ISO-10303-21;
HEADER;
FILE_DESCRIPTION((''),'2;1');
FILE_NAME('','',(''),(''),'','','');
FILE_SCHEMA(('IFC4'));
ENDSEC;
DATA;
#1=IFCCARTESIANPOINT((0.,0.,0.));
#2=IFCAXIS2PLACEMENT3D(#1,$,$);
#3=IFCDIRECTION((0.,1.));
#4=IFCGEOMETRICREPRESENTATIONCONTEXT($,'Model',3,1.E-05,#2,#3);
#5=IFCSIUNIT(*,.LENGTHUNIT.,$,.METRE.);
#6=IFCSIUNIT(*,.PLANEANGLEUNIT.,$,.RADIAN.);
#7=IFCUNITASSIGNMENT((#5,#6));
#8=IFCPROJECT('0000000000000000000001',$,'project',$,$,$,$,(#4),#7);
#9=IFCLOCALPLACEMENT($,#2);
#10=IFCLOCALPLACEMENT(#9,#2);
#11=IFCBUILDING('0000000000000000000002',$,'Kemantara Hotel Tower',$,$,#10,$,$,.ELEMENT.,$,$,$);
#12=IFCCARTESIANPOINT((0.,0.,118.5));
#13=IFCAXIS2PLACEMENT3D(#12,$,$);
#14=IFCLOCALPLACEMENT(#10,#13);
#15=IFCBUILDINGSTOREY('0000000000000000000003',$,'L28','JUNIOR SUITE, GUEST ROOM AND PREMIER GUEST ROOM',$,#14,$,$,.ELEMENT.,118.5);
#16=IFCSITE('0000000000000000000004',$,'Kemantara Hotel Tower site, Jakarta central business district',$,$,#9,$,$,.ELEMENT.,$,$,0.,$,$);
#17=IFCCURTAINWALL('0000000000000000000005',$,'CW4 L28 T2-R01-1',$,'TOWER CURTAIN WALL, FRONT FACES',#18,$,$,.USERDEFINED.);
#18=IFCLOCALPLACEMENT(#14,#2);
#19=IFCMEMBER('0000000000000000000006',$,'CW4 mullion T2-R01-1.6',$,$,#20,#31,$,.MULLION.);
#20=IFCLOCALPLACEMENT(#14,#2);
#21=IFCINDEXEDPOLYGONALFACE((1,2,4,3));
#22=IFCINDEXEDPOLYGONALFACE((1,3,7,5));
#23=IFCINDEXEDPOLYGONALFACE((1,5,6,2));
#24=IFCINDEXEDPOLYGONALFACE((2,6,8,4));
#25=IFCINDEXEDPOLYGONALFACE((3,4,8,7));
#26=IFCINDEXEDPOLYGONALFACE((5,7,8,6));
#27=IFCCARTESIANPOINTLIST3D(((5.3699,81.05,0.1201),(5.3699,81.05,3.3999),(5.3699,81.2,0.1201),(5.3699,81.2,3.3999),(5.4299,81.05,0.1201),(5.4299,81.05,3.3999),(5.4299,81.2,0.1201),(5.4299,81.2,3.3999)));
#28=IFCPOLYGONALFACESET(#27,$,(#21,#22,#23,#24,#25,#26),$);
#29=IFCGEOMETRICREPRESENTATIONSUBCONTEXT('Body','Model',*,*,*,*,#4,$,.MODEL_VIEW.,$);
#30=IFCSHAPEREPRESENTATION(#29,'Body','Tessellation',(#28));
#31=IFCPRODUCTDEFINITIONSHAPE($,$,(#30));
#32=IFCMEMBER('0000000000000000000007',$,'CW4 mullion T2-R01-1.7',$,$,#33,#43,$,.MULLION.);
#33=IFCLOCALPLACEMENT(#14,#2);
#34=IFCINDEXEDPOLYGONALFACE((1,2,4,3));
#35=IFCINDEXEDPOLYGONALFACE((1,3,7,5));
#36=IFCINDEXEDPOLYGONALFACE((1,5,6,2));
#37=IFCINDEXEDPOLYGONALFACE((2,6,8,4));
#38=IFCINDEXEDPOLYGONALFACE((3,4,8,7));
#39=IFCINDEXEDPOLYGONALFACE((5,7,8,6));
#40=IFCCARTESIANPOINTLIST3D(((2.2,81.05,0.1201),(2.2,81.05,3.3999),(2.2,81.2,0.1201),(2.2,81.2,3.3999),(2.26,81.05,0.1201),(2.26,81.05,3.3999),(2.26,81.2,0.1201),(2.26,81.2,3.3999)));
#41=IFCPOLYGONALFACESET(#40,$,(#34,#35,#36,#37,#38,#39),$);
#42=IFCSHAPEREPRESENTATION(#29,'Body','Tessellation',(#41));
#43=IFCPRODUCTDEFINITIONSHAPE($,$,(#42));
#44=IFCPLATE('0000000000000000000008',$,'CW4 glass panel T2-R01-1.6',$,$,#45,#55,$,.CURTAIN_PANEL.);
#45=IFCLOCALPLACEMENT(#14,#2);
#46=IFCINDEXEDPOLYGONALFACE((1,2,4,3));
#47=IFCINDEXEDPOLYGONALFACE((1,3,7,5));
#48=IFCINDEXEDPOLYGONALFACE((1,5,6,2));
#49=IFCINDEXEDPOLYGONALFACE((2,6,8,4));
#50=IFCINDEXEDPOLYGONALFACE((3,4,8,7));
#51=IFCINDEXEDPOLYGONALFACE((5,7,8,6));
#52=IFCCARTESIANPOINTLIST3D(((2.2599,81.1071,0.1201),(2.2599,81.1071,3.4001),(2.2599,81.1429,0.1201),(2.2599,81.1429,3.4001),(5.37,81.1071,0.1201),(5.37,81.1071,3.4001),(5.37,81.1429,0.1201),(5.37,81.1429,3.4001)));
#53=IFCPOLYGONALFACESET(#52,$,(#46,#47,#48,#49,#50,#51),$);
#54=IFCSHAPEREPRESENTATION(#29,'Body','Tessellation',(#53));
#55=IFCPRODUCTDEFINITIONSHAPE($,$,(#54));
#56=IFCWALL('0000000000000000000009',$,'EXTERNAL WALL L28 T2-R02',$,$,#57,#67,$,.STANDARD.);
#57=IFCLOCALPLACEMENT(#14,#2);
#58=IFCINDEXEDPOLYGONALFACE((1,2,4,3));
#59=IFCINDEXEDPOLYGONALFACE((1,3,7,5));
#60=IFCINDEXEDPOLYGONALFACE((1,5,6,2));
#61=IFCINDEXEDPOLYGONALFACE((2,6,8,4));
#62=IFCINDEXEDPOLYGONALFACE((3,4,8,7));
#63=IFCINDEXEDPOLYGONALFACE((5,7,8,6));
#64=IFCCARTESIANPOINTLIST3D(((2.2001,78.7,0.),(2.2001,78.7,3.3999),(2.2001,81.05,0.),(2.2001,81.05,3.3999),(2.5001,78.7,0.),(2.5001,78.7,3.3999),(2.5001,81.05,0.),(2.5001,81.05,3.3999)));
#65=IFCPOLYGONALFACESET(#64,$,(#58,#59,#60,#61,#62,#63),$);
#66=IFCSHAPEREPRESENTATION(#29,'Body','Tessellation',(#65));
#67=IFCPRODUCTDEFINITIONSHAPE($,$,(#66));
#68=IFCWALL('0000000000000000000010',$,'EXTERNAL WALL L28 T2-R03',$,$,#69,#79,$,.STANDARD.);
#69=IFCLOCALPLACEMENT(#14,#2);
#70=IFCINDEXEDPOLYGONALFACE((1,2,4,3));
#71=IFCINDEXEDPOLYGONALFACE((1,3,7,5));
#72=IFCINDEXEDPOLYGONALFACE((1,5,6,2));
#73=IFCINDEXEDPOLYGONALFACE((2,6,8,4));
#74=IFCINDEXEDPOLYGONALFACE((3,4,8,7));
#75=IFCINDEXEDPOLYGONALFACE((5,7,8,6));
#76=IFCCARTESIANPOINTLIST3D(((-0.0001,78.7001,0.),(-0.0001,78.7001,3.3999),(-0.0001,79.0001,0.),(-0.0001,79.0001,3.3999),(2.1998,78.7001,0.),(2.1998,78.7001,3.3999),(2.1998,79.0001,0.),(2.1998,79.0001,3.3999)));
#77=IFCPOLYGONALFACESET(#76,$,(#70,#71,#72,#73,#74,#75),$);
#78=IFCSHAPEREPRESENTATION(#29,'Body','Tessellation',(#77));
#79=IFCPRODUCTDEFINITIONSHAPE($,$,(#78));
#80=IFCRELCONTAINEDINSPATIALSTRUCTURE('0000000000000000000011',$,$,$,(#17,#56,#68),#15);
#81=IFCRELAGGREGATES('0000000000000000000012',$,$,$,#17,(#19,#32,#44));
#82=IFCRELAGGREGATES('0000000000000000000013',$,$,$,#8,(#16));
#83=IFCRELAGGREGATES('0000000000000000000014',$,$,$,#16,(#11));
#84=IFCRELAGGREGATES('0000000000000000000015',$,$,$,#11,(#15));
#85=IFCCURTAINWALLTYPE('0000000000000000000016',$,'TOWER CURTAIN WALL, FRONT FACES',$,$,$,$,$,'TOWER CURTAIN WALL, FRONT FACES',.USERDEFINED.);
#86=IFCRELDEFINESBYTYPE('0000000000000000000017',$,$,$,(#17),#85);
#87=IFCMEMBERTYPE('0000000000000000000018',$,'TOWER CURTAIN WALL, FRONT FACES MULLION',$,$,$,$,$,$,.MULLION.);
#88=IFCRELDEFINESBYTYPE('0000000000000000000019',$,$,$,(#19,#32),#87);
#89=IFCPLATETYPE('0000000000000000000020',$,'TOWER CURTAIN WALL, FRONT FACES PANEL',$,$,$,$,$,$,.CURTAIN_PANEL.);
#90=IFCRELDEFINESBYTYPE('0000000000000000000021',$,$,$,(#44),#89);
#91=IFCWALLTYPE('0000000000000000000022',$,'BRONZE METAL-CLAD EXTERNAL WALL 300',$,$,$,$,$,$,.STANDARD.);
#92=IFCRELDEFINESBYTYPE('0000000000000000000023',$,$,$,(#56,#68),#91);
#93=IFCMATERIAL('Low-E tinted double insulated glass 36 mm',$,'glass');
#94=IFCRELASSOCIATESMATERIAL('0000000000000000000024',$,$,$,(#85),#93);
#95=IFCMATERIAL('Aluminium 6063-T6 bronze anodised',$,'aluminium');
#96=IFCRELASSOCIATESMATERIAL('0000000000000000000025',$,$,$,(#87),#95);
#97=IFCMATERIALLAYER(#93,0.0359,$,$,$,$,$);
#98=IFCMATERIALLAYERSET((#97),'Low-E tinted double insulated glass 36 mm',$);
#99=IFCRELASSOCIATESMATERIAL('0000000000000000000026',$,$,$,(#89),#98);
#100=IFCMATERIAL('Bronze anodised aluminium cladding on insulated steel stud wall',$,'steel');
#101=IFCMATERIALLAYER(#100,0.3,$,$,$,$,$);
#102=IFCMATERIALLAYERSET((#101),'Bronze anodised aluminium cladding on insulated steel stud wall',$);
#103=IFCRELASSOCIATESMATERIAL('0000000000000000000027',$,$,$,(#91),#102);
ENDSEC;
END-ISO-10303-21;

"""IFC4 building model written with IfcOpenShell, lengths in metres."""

from ifc_helpers import new_model, si_unit, direction, frame, frame_2d, origin, origin_2d, place, context, subcontext, project, spatial, rectangle, extrude, source, transform, mapped, material, layer, layer_set, material_profile, profile_set, type_object, element, aggregate, save


model = new_model("IFC4")

# Units and contexts
model_context = context("Model", 3, precision=1e-05, world=origin(), true_north=direction((0.0, 1.0)))
body_context = subcontext(model_context, "Body", "Model", "MODEL_VIEW")
ifc_project = project(units=[si_unit("LENGTHUNIT", "METRE"), si_unit("PLANEANGLEUNIT", "RADIAN")], contexts=[model_context])

# Site, building, storey
site_placement = place(None, origin())
site = spatial("IfcSite", under=ifc_project, at=site_placement, Name="Kemantara Hotel Tower site, Jakarta central business district", CompositionType="ELEMENT", RefElevation=0.0)
building_placement = place(site_placement, origin())
building = spatial("IfcBuilding", under=site, at=building_placement, Name="Kemantara Hotel Tower", CompositionType="ELEMENT")
storey_placement = place(building_placement, frame((0.0, 0.0, 118.5)))
storey = spatial("IfcBuildingStorey", under=building, at=storey_placement, Name="L28", Description="JUNIOR SUITE, GUEST ROOM AND PREMIER GUEST ROOM", CompositionType="ELEMENT", Elevation=118.5)

# Curtain wall, members, plate
ifc_material_1 = material(Name="Low-E tinted double insulated glass 36 mm", Category="glass")
curtain_wall_type = type_object("IfcCurtainWallType", Name="TOWER CURTAIN WALL, FRONT FACES", ElementType="TOWER CURTAIN WALL, FRONT FACES", PredefinedType="USERDEFINED", material=ifc_material_1)
curtain_wall_placement = place(storey_placement, origin())
curtain_wall = element("IfcCurtainWall", 1, at=curtain_wall_placement, inside=storey, type_object=curtain_wall_type, Name="CW4 L28 T2-R01-1", ObjectType="TOWER CURTAIN WALL, FRONT FACES", PredefinedType="USERDEFINED")
ifc_material_2 = material(Name="Aluminium 6063-T6 bronze anodised", Category="aluminium")
ifc_material_profile = material_profile(ifc_material_2, rectangle(XDim=0.1499, YDim=0.0601, at=origin_2d()), Name="TOWER CURTAIN WALL, FRONT FACES MULLION")
ifc_profile_set = profile_set([ifc_material_profile], Name="Aluminium 6063-T6 bronze anodised")
member_type = type_object("IfcMemberType", Name="TOWER CURTAIN WALL, FRONT FACES MULLION", PredefinedType="MULLION", material=ifc_profile_set)
shared_shape_1 = source(origin(), body_context, "Body", "SweptSolid", [
    extrude(rectangle(XDim=0.1499, YDim=0.0601, at=origin_2d()), origin(), (0.0, 0.0, 1.0), 3.2798),
])
member_1_placement = place(storey_placement, frame((5.3999, 81.125, 0.1201), z_axis=(0.0, 0.0, 1.0), x_axis=(0.0, -1.0, 0.0)))
member_1 = element("IfcMember", 2, at=member_1_placement, type_object=member_type, Name="CW4 mullion T2-R01-1.6", PredefinedType="MULLION", context=body_context, shape_type="MappedRepresentation", body=[
    mapped(shared_shape_1, transform((0.0, 0.0, 0.0))),
])
member_2_placement = place(storey_placement, frame((2.23, 81.125, 0.1201), z_axis=(0.0, 0.0, 1.0), x_axis=(0.0, -1.0, 0.0)))
member_2 = element("IfcMember", 3, at=member_2_placement, type_object=member_type, Name="CW4 mullion T2-R01-1.7", PredefinedType="MULLION", context=body_context, shape_type="MappedRepresentation", body=[
    mapped(shared_shape_1, transform((0.0, 0.0, 0.0))),
])
ifc_layer_1 = layer(ifc_material_1, 0.0359)
ifc_layer_set_1 = layer_set([ifc_layer_1], Name="Low-E tinted double insulated glass 36 mm")
plate_type = type_object("IfcPlateType", Name="TOWER CURTAIN WALL, FRONT FACES PANEL", PredefinedType="CURTAIN_PANEL", material=ifc_layer_set_1)
shared_shape_2 = source(origin(), body_context, "Body", "SweptSolid", [
    extrude(rectangle(XDim=3.1101, YDim=0.0359, at=origin_2d()), origin(), (0.0, 0.0, 1.0), 3.28),
])
plate_placement = place(storey_placement, frame((3.8149, 81.125, 0.1201), z_axis=(0.0, 0.0, 1.0), x_axis=(-1.0, 0.0, 0.0)))
plate = element("IfcPlate", 4, at=plate_placement, type_object=plate_type, Name="CW4 glass panel T2-R01-1.6", PredefinedType="CURTAIN_PANEL", context=body_context, shape_type="MappedRepresentation", body=[
    mapped(shared_shape_2, transform((0.0, 0.0, 0.0))),
])
aggregate(curtain_wall, [member_1, member_2, plate])

# Walls
ifc_material_3 = material(Name="Bronze anodised aluminium cladding on insulated steel stud wall", Category="steel")
ifc_layer_2 = layer(ifc_material_3, 0.3)
ifc_layer_set_2 = layer_set([ifc_layer_2], Name="Bronze anodised aluminium cladding on insulated steel stud wall")
wall_type = type_object("IfcWallType", Name="BRONZE METAL-CLAD EXTERNAL WALL 300", PredefinedType="STANDARD", material=ifc_layer_set_2)
wall_1_placement = place(storey_placement, frame((2.3501, 81.05, 0.0), z_axis=(0.0, 0.0, 1.0), x_axis=(0.0, -1.0, 0.0)))
element("IfcWall", 5, at=wall_1_placement, inside=storey, type_object=wall_type, Name="EXTERNAL WALL L28 T2-R02", PredefinedType="STANDARD", context=body_context, shape_type="SweptSolid", body=[
    extrude(rectangle(XDim=2.3501, YDim=0.3, at=frame_2d((1.175, 0.0))), origin(), (0.0, 0.0, 1.0), 3.3999),
])
wall_2_placement = place(storey_placement, frame((2.2, 78.8501, 0.0), z_axis=(0.0, 0.0, 1.0), x_axis=(-1.0, 0.0, 0.0)))
element("IfcWall", 6, at=wall_2_placement, inside=storey, type_object=wall_type, Name="EXTERNAL WALL L28 T2-R03", PredefinedType="STANDARD", context=body_context, shape_type="SweptSolid", body=[
    extrude(rectangle(XDim=2.2, YDim=0.3, at=frame_2d((1.1001, 0.0))), origin(), (0.0, 0.0, 1.0), 3.3999),
])

save(model, "model.ifc")
